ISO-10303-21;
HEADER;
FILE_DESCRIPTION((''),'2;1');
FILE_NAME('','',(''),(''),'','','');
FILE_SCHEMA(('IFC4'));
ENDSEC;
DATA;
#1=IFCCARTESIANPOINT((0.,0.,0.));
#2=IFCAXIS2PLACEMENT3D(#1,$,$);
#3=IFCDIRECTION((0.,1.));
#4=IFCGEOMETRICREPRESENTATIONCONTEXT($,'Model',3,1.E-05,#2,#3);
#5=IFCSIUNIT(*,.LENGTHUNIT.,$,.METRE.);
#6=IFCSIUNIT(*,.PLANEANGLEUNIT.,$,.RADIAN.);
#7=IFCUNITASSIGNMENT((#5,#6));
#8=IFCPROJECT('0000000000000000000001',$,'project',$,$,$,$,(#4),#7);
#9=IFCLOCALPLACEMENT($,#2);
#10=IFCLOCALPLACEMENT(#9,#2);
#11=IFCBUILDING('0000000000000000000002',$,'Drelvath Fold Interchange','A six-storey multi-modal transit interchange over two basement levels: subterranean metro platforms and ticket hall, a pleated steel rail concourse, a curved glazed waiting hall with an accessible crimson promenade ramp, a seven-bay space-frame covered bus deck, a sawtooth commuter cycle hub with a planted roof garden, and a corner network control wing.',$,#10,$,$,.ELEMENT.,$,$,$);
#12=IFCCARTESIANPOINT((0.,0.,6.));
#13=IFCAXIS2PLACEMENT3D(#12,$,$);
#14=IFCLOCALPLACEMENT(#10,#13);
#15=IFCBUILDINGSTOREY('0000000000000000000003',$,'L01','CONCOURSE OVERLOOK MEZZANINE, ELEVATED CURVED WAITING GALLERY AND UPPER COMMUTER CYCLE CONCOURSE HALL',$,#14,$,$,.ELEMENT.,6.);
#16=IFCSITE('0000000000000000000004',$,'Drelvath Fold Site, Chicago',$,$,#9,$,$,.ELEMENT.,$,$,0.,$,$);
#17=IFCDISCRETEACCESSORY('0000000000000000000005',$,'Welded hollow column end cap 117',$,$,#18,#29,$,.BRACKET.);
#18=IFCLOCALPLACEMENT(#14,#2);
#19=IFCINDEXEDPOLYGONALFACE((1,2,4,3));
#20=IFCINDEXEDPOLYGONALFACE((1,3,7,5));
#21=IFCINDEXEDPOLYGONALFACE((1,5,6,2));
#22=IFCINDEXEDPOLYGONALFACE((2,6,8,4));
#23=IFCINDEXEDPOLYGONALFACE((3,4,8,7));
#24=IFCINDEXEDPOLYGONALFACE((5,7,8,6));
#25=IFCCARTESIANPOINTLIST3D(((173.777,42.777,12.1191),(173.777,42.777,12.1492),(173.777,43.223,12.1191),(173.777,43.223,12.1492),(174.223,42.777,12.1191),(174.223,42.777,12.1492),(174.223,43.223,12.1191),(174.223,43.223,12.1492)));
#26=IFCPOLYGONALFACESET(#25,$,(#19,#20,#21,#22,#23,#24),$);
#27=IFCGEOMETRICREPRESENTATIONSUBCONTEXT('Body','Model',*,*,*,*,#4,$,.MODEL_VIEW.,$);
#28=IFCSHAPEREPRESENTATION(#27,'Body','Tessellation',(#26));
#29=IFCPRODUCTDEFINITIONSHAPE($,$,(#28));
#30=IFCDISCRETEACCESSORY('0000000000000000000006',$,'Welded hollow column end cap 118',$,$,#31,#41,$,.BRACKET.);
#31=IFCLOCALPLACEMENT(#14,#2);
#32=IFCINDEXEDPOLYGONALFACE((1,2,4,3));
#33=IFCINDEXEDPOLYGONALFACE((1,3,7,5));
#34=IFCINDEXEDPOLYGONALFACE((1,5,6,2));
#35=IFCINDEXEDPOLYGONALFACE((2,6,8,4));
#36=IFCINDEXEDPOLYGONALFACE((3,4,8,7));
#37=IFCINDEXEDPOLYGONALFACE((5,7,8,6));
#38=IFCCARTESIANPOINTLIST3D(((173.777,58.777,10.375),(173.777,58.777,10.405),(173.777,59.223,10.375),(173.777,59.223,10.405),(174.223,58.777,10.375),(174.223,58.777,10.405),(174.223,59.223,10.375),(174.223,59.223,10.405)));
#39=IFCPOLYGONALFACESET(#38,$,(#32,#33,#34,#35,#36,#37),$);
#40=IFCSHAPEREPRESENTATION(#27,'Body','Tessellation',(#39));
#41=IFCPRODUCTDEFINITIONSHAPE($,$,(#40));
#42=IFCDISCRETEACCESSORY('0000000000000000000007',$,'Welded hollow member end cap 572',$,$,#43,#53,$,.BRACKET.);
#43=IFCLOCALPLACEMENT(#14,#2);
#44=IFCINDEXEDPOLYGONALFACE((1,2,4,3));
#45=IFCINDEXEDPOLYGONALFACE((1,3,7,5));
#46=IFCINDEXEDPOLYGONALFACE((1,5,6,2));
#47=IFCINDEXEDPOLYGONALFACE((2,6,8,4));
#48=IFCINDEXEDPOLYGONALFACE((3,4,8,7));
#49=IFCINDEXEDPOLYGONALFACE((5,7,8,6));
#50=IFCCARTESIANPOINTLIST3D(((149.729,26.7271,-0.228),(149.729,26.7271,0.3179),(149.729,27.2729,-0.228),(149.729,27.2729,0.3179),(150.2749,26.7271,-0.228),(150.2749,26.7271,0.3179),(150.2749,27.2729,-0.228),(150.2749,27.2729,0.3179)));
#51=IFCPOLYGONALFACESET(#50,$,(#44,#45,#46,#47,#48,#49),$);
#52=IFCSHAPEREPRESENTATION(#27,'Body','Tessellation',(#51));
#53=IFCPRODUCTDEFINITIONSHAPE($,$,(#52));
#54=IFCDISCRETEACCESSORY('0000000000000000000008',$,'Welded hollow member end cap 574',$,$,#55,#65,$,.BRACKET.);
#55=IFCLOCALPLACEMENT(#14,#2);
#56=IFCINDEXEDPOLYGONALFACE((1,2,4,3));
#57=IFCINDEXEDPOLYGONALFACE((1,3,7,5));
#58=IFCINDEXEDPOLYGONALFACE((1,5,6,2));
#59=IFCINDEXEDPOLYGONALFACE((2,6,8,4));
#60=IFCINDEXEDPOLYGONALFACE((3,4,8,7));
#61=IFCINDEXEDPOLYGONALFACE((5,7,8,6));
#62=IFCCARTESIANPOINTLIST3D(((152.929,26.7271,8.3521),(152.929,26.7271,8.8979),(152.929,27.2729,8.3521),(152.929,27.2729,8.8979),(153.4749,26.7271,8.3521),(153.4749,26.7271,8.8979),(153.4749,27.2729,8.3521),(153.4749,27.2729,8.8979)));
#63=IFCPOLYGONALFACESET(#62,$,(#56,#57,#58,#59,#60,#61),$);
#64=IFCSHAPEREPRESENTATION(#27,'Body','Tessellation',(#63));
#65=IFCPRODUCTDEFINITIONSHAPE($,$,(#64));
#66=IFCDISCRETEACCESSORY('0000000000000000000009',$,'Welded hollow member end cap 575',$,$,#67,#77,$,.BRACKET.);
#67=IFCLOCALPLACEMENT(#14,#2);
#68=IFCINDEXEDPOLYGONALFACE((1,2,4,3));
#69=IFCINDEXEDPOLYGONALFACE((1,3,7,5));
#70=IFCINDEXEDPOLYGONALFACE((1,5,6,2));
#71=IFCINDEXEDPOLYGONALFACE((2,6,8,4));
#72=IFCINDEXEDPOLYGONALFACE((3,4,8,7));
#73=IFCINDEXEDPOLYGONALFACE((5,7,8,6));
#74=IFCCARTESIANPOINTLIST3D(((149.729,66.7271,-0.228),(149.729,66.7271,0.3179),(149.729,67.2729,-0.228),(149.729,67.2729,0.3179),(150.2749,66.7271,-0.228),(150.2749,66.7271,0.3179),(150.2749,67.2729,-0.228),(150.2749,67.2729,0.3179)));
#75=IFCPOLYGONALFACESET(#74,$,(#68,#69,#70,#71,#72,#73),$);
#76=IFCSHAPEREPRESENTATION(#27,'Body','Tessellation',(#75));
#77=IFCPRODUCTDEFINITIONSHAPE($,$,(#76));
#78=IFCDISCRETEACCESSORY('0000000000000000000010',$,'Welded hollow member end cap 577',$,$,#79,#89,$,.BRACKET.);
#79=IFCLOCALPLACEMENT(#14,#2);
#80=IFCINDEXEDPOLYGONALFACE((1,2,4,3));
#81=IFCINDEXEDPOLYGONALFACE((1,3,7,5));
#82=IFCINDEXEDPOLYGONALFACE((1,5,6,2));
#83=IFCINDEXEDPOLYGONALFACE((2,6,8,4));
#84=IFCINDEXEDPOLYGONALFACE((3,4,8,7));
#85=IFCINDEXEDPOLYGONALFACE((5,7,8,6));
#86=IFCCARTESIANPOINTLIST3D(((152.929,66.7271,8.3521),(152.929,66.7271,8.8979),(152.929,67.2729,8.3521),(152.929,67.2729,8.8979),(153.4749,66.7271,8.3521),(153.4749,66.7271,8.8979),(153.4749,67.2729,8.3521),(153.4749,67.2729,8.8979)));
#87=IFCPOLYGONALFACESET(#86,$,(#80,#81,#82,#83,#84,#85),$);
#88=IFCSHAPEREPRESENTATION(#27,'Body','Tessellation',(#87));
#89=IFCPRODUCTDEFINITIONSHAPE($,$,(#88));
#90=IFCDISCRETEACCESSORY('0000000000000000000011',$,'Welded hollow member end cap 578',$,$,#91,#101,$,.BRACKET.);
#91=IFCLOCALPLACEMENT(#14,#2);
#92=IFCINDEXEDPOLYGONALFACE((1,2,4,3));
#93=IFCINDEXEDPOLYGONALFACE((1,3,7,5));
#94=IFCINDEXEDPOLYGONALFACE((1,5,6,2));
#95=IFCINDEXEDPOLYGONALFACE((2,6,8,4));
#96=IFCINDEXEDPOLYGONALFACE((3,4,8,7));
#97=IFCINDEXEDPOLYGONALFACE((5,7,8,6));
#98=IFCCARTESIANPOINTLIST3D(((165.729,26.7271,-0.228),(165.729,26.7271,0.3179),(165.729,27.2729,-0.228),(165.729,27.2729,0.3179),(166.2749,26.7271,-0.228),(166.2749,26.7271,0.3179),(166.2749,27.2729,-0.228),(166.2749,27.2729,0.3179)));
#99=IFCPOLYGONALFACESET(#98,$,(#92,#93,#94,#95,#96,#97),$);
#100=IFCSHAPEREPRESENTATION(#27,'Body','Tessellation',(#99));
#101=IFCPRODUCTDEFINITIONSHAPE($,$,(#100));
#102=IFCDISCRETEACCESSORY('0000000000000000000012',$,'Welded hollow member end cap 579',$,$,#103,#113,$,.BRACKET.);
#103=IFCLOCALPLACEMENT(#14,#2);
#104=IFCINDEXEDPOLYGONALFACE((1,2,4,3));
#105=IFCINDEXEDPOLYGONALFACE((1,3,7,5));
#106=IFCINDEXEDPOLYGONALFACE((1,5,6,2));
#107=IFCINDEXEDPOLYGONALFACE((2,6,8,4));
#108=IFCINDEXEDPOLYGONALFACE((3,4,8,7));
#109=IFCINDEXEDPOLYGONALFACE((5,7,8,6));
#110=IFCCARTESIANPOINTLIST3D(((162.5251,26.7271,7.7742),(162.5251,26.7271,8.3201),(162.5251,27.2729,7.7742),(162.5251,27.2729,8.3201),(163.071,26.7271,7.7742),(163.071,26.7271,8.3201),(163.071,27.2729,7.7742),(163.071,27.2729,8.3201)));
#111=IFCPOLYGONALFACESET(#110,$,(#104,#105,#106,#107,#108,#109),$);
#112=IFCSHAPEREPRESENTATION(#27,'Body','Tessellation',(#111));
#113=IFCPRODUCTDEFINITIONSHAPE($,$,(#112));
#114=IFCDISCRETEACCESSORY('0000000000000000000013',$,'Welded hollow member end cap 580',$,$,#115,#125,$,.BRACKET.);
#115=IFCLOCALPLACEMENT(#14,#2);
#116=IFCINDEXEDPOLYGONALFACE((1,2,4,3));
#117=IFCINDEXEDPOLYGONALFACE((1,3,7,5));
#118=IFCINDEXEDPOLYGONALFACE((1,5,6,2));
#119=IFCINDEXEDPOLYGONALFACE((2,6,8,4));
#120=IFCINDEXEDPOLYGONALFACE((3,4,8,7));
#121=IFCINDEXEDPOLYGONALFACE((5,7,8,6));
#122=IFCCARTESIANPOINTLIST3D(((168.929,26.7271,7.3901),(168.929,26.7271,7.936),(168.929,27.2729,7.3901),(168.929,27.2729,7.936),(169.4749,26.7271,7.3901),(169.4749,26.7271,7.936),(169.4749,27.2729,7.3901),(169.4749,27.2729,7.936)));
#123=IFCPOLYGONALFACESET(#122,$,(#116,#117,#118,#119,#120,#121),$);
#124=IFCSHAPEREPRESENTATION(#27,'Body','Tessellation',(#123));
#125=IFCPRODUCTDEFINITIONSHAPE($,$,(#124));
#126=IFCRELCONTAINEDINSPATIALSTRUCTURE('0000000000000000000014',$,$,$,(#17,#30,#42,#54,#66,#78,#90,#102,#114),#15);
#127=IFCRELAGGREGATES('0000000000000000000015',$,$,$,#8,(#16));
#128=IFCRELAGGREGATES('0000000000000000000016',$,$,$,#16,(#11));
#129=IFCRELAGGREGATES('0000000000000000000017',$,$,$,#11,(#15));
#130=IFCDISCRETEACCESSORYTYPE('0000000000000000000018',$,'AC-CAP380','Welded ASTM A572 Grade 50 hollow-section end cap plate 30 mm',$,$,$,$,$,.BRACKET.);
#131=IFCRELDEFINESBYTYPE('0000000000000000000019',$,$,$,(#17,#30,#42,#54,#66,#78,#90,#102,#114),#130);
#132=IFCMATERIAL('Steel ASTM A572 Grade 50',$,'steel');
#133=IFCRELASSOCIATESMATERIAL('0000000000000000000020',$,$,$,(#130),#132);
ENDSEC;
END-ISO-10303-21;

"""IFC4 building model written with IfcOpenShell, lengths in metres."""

from ifc_helpers import new_model, si_unit, direction, frame, origin, origin_2d, place, context, subcontext, project, spatial, rectangle, extrude, material, type_object, element, save


model = new_model("IFC4")

# Units and contexts
model_context = context("Model", 3, precision=1e-05, world=origin(), true_north=direction((0.0, 1.0)))
body_context = subcontext(model_context, "Body", "Model", "MODEL_VIEW")
ifc_project = project(units=[si_unit("LENGTHUNIT", "METRE"), si_unit("PLANEANGLEUNIT", "RADIAN")], contexts=[model_context])

# Site, building, storey
site_placement = place(None, origin())
site = spatial("IfcSite", under=ifc_project, at=site_placement, Name="Drelvath Fold Site, Chicago", CompositionType="ELEMENT", RefElevation=0.0)
building_placement = place(site_placement, origin())
building = spatial("IfcBuilding", under=site, at=building_placement, Name="Drelvath Fold Interchange", Description="A six-storey multi-modal transit interchange over two basement levels: subterranean metro platforms and ticket hall, a pleated steel rail concourse, a curved glazed waiting hall with an accessible crimson promenade ramp, a seven-bay space-frame covered bus deck, a sawtooth commuter cycle hub with a planted roof garden, and a corner network control wing.", CompositionType="ELEMENT")
storey_placement = place(building_placement, frame((0.0, 0.0, 6.0)))
storey = spatial("IfcBuildingStorey", under=building, at=storey_placement, Name="L01", Description="CONCOURSE OVERLOOK MEZZANINE, ELEVATED CURVED WAITING GALLERY AND UPPER COMMUTER CYCLE CONCOURSE HALL", CompositionType="ELEMENT", Elevation=6.0)

# Shared definitions
ifc_material_1 = material(Name="Steel ASTM A572 Grade 50", Category="steel")

# Discrete accessories
discrete_accessory_type = type_object("IfcDiscreteAccessoryType", Name="AC-CAP380", Description="Welded ASTM A572 Grade 50 hollow-section end cap plate 30 mm", PredefinedType="BRACKET", material=ifc_material_1)
for number, where, z_axis, x_axis, name in (
    (1, (174.0, 43.0, 12.1191), (0.0, 0.0, 1.0), (1.0, 0.0, 0.0), "Welded hollow column end cap 117"),
    (2, (174.0, 59.0, 10.375), (0.0, 0.0, 1.0), (1.0, 0.0, 0.0), "Welded hollow column end cap 118"),
):
    element("IfcDiscreteAccessory", number, at=place(storey_placement, frame(where, z_axis=z_axis, x_axis=x_axis)), inside=storey, type_object=discrete_accessory_type, Name=name, PredefinedType="BRACKET", context=body_context, shape_type="SweptSolid", body=[
        extrude(rectangle(XDim=0.446, YDim=0.446, at=origin_2d()), origin(), (0.0, 0.0, 1.0), 0.03),
    ])
for number, where, z_axis, x_axis, name in (
    (3, (150.002, 27.0, -0.228), (0.0, 0.0, 1.0), (1.0, 0.0, 0.0), "Welded hollow member end cap 572"),
    (4, (153.2019, 27.0, 8.3521), (0.0, 0.0, 1.0), (1.0, 0.0, 0.0), "Welded hollow member end cap 574"),
    (5, (150.002, 67.0, -0.228), (0.0, 0.0, 1.0), (1.0, 0.0, 0.0), "Welded hollow member end cap 575"),
    (6, (153.2019, 67.0, 8.3521), (0.0, 0.0, 1.0), (1.0, 0.0, 0.0), "Welded hollow member end cap 577"),
    (7, (166.002, 27.0, -0.228), (0.0, 0.0, 1.0), (1.0, 0.0, 0.0), "Welded hollow member end cap 578"),
    (8, (162.7981, 27.0, 7.7742), (0.0, 0.0, 1.0), (1.0, 0.0, 0.0), "Welded hollow member end cap 579"),
    (9, (169.2019, 27.0, 7.3901), (0.0, 0.0, 1.0), (1.0, 0.0, 0.0), "Welded hollow member end cap 580"),
):
    element("IfcDiscreteAccessory", number, at=place(storey_placement, frame(where, z_axis=z_axis, x_axis=x_axis)), inside=storey, type_object=discrete_accessory_type, Name=name, PredefinedType="BRACKET", context=body_context, shape_type="SweptSolid", body=[
        extrude(rectangle(XDim=0.5459, YDim=0.5459, at=origin_2d()), origin(), (0.0, 0.0, 1.0), 0.5459),
    ])

save(model, "model.ifc")
